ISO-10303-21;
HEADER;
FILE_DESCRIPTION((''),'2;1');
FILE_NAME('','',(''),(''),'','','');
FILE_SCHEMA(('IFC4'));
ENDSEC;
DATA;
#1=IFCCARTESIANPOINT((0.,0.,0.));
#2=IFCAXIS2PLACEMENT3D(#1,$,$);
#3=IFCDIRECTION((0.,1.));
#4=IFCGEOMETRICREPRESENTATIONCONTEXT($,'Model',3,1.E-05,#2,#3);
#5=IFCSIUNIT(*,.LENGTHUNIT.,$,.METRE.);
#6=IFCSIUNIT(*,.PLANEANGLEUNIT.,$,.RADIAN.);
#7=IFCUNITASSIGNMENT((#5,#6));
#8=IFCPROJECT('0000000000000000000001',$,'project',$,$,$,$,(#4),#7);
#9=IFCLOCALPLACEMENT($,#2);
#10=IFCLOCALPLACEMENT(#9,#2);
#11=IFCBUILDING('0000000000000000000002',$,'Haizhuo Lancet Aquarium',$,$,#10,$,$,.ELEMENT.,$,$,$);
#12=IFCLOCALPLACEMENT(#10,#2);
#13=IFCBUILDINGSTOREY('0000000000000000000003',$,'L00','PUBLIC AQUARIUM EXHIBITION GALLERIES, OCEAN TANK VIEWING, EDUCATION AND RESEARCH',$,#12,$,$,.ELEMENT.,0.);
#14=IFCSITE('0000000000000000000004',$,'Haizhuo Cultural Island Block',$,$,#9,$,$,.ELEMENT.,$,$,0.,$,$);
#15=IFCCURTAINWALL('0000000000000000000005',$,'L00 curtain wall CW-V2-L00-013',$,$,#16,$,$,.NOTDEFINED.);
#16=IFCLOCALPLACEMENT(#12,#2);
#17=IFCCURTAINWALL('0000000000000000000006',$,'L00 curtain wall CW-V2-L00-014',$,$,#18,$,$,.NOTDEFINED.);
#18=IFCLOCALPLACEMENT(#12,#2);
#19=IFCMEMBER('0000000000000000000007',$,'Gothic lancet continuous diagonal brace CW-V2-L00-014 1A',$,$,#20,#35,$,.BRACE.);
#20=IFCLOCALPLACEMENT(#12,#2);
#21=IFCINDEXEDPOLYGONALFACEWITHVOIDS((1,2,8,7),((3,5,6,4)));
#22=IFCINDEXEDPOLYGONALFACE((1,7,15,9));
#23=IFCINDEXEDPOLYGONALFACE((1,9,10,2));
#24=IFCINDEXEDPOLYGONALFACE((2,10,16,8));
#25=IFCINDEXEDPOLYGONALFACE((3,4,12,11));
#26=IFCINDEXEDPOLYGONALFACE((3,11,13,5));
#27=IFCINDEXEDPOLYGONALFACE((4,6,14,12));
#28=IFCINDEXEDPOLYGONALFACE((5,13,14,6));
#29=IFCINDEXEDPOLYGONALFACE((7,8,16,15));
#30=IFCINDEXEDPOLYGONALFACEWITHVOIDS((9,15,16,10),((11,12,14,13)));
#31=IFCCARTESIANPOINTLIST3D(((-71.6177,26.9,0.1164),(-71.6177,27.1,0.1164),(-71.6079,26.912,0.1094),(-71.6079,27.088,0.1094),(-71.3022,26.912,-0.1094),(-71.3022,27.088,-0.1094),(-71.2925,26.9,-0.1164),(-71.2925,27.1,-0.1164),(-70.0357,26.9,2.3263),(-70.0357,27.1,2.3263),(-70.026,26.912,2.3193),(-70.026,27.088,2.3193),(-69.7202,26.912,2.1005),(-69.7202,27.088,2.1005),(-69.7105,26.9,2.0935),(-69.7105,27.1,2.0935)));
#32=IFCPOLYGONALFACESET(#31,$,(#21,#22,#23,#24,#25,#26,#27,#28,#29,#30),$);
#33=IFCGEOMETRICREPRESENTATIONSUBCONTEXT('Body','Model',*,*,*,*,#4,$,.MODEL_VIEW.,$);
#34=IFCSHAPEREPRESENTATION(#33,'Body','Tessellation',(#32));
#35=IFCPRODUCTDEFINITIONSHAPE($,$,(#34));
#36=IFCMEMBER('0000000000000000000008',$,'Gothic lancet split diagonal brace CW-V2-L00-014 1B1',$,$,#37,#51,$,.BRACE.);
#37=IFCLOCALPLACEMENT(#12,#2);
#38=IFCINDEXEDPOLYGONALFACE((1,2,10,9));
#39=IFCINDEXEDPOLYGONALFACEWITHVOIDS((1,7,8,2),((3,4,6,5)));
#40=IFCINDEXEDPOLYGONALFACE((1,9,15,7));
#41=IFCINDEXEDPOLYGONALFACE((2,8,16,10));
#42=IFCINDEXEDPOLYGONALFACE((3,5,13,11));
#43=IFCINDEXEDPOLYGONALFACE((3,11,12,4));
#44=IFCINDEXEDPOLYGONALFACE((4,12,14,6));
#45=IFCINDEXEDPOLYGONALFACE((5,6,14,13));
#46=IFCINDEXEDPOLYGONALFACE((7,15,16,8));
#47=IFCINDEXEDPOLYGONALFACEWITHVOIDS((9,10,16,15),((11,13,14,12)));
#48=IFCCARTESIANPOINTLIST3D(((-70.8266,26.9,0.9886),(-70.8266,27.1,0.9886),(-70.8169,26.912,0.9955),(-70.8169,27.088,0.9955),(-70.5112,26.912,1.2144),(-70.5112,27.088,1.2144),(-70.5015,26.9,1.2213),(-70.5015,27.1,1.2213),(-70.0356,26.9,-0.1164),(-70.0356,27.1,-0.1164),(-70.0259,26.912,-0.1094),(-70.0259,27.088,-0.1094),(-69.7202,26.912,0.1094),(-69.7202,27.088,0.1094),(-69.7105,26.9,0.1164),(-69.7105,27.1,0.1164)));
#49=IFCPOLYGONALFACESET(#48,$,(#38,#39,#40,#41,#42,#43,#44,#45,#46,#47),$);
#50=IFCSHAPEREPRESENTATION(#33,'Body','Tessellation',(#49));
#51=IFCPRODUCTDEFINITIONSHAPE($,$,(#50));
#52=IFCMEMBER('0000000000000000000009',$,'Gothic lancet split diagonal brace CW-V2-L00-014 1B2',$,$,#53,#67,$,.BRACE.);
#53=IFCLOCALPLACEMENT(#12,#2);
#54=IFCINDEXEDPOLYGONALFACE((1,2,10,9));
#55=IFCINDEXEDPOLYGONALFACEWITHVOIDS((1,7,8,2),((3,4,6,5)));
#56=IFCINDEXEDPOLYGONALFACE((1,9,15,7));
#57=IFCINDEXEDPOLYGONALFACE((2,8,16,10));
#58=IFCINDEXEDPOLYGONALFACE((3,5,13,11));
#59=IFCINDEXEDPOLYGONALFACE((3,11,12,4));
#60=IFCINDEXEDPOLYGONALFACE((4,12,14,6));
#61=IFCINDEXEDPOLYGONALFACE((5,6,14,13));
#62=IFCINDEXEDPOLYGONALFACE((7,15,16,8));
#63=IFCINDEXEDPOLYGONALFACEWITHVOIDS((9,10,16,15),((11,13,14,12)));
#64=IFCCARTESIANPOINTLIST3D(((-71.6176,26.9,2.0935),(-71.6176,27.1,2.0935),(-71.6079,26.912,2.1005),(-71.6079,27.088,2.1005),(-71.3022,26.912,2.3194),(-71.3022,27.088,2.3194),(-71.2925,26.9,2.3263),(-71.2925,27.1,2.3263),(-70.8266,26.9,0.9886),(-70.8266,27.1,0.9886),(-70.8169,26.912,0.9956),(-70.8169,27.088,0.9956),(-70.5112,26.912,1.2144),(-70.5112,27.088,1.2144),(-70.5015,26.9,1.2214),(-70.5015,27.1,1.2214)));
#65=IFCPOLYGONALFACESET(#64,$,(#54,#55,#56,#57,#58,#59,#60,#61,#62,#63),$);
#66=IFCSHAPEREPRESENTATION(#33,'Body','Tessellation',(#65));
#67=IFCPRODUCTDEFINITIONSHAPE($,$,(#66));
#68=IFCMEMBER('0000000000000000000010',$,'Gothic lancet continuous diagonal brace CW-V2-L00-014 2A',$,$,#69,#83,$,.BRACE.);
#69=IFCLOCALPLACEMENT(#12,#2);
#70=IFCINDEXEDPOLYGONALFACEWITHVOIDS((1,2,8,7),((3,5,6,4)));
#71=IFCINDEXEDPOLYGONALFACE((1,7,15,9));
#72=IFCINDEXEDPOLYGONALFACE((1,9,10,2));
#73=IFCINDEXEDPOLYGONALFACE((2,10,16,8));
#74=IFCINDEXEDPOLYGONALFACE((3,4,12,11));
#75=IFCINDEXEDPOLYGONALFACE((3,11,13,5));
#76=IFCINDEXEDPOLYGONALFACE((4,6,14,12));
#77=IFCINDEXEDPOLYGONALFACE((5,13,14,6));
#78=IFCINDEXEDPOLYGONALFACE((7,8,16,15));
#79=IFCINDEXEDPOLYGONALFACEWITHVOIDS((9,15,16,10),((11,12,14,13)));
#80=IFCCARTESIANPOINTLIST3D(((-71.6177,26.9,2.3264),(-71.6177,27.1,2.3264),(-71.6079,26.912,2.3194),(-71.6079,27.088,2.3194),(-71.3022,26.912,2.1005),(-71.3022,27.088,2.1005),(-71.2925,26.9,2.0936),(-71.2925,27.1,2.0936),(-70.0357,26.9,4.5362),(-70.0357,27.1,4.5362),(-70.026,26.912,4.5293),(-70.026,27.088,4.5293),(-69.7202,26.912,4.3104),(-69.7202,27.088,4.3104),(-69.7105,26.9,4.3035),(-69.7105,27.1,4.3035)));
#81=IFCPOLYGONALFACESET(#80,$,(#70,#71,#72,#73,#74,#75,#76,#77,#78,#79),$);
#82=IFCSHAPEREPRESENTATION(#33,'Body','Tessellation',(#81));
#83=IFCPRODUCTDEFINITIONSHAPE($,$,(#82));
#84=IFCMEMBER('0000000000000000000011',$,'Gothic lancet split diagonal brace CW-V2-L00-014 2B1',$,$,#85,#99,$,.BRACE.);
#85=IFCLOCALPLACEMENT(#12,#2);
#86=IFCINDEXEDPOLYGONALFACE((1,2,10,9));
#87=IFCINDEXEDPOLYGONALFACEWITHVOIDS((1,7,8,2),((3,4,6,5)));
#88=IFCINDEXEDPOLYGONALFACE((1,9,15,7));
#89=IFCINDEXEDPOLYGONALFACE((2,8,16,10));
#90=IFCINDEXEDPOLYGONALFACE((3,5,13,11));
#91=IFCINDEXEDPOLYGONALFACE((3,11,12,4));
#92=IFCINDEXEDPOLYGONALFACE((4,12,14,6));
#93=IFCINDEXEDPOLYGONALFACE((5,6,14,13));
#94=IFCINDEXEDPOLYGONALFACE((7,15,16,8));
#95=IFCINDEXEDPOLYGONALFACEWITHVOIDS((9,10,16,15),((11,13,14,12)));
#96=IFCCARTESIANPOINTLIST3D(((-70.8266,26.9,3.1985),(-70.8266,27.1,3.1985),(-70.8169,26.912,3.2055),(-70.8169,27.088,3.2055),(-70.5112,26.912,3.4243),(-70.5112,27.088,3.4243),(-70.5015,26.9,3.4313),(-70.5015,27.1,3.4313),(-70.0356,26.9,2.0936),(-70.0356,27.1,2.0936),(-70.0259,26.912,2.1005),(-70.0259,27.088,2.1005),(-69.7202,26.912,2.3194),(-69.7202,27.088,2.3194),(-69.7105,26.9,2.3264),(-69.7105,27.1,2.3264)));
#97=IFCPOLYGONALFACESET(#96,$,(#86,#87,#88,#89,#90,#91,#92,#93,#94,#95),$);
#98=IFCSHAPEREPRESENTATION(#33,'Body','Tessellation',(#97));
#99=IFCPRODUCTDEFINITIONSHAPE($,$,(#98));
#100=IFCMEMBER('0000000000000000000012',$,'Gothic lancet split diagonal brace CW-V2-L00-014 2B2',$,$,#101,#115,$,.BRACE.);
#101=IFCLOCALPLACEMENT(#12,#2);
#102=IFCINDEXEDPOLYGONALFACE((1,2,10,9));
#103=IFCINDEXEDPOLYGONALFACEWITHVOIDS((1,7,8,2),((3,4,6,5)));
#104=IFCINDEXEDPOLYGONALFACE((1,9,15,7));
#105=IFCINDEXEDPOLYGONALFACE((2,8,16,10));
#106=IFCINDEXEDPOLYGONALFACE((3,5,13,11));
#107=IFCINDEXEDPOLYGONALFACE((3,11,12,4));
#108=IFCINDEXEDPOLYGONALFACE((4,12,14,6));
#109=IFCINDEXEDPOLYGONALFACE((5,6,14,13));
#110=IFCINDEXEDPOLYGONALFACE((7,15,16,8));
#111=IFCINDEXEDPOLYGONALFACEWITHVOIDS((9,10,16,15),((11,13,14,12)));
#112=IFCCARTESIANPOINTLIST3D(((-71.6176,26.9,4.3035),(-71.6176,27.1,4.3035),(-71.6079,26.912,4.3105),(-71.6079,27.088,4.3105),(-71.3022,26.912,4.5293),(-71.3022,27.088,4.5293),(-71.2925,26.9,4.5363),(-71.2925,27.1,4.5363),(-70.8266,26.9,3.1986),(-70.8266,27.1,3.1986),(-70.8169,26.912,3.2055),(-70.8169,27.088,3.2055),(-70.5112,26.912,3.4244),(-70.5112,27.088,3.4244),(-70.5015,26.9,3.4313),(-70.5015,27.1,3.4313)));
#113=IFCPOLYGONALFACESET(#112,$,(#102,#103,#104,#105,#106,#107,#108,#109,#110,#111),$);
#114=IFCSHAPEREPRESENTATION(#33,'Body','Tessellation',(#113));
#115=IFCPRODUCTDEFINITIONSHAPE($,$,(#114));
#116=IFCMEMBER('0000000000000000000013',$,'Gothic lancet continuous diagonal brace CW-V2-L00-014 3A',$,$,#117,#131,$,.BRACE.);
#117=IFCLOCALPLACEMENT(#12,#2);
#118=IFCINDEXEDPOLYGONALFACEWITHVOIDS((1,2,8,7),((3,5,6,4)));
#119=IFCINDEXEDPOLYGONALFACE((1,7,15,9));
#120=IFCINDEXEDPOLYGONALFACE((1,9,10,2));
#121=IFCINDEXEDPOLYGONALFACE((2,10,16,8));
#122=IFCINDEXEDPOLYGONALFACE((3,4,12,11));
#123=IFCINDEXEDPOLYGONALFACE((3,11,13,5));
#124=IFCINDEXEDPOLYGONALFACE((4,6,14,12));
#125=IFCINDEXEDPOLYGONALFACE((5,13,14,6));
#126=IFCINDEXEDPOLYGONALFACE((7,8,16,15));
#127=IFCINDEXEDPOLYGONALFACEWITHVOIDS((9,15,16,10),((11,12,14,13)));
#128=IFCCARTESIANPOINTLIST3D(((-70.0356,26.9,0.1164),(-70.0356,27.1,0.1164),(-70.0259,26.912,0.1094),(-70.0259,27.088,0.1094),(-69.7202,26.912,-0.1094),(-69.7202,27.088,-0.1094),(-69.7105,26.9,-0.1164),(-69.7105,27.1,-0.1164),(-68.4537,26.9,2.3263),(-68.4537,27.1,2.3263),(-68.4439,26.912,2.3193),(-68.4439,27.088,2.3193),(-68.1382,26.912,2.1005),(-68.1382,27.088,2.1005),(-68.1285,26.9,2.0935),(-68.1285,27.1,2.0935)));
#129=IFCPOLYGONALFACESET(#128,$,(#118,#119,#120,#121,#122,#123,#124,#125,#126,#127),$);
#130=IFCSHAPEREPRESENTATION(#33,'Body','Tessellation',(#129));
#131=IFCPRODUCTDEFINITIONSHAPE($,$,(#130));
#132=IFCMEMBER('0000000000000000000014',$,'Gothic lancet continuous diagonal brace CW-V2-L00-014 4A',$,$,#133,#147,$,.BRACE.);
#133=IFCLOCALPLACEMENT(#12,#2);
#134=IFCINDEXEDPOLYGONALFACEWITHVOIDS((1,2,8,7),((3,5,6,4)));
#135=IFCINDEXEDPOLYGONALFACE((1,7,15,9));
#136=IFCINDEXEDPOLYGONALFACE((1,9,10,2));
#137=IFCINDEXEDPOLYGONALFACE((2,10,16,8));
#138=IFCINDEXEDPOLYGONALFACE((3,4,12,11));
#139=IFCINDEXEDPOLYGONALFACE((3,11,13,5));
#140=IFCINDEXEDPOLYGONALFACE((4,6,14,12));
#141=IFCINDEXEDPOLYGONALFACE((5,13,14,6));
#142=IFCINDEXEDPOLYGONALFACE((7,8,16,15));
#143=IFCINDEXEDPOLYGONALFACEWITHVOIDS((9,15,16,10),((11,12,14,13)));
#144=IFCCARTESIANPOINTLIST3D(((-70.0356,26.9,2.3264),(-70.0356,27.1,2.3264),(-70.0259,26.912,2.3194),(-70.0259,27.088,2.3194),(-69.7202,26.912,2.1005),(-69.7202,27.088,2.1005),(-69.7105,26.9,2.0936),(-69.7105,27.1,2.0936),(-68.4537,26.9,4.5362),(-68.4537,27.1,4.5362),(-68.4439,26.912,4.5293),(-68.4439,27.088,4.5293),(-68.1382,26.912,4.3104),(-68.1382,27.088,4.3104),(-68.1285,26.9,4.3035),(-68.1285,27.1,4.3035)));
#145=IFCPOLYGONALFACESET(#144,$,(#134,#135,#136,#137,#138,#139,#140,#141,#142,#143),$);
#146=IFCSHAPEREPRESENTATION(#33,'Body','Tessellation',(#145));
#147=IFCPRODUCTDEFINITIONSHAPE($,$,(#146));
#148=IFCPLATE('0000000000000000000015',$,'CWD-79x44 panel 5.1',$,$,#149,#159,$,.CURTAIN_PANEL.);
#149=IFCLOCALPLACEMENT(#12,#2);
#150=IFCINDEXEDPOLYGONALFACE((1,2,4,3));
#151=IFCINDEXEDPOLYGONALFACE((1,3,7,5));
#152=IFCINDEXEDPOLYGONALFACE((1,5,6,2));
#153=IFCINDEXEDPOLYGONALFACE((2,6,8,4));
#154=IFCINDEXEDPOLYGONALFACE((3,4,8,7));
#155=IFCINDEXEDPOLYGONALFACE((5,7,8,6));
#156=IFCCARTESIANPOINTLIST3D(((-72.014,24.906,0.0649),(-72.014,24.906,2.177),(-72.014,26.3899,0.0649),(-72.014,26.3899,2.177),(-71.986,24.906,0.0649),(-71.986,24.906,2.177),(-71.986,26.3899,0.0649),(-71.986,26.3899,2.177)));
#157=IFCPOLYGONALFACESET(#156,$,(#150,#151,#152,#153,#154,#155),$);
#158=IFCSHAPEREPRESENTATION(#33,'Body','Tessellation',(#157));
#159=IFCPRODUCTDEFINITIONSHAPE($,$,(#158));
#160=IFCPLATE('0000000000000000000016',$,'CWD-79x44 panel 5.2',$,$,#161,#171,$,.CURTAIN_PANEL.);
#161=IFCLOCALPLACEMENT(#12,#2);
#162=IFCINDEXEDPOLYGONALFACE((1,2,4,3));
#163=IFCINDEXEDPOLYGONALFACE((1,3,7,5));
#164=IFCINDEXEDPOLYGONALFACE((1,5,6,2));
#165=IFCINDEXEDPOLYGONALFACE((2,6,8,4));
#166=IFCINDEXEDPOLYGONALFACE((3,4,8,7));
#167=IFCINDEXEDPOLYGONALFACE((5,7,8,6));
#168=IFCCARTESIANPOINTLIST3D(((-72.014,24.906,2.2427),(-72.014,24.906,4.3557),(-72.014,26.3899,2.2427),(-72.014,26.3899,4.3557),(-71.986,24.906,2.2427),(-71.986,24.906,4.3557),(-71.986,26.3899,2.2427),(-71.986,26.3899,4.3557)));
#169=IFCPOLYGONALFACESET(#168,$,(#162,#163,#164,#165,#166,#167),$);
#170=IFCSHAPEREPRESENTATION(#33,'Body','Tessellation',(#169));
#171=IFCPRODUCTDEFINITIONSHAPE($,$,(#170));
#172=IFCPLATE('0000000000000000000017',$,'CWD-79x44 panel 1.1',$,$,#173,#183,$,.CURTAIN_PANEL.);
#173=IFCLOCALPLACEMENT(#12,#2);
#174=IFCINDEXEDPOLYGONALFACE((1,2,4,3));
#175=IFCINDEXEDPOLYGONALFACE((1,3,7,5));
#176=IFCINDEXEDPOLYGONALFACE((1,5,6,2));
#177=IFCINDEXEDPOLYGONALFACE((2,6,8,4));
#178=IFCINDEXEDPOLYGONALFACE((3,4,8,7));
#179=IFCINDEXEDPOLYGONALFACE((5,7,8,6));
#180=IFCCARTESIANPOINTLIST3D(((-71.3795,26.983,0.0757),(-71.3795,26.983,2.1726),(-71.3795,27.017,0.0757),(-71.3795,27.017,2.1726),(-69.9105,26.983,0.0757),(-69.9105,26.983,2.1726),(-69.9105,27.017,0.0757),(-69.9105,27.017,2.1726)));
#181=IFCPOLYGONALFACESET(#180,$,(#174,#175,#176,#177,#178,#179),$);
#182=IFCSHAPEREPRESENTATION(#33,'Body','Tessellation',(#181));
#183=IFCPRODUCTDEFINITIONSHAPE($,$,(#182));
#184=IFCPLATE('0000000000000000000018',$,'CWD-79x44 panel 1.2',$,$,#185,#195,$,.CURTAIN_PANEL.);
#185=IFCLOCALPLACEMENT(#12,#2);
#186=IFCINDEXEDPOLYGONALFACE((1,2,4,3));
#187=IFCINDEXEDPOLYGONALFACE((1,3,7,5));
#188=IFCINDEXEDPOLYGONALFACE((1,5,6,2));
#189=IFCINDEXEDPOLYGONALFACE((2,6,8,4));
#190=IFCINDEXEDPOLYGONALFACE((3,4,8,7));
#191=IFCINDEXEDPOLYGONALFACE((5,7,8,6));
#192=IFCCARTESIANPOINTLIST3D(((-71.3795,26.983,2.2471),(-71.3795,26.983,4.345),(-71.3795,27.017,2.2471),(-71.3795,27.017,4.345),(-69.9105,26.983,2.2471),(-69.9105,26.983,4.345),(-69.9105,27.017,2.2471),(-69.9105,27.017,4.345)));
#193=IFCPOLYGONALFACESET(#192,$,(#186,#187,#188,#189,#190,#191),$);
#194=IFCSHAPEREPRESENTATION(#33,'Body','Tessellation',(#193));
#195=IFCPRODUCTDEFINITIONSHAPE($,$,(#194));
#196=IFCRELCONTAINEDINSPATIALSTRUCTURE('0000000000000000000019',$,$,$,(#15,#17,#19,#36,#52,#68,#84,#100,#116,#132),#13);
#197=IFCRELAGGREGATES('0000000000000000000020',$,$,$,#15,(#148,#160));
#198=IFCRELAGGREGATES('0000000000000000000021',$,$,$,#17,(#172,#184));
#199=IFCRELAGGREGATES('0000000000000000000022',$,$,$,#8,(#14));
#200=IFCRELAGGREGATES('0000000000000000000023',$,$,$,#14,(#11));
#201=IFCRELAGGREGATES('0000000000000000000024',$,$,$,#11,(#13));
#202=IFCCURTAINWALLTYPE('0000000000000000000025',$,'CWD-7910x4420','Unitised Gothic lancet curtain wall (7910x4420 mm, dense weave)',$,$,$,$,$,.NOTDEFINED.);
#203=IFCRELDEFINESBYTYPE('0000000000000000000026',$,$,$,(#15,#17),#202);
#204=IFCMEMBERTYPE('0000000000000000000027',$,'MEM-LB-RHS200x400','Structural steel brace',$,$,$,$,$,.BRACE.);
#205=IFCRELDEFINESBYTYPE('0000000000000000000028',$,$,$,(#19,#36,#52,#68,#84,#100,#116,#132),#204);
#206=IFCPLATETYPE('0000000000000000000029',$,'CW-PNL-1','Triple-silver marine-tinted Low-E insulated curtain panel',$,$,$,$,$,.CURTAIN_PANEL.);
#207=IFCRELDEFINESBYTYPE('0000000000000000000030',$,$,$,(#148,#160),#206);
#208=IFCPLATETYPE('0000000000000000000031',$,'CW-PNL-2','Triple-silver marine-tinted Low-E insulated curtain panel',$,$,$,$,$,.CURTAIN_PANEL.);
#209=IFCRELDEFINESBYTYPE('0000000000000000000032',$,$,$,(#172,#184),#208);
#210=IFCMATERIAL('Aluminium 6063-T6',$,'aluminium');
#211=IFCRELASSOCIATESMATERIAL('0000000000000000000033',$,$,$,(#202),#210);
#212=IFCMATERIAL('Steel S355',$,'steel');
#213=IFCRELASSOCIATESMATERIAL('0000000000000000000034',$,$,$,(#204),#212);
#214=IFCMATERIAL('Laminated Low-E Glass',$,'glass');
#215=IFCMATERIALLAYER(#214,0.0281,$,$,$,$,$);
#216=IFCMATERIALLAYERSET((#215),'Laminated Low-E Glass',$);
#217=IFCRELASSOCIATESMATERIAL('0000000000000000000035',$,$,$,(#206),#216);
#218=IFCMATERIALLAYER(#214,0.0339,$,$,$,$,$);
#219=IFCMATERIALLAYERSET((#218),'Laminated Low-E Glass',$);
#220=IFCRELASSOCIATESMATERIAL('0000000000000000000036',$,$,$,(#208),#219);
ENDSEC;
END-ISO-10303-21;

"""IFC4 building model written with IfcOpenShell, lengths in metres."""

from ifc_helpers import new_model, si_unit, direction, frame, origin, origin_2d, place, context, subcontext, project, spatial, rectangle, hollow_rectangle, extrude, material, layer, layer_set, material_profile, profile_set, type_object, element, aggregate, save


model = new_model("IFC4")

# Units and contexts
model_context = context("Model", 3, precision=1e-05, world=origin(), true_north=direction((0.0, 1.0)))
body_context = subcontext(model_context, "Body", "Model", "MODEL_VIEW")
ifc_project = project(units=[si_unit("LENGTHUNIT", "METRE"), si_unit("PLANEANGLEUNIT", "RADIAN")], contexts=[model_context])

# Site, building, storey
site_placement = place(None, origin())
site = spatial("IfcSite", under=ifc_project, at=site_placement, Name="Haizhuo Cultural Island Block", CompositionType="ELEMENT", RefElevation=0.0)
building_placement = place(site_placement, origin())
building = spatial("IfcBuilding", under=site, at=building_placement, Name="Haizhuo Lancet Aquarium", CompositionType="ELEMENT")
storey_placement = place(building_placement, origin())
storey = spatial("IfcBuildingStorey", under=building, at=storey_placement, Name="L00", Description="PUBLIC AQUARIUM EXHIBITION GALLERIES, OCEAN TANK VIEWING, EDUCATION AND RESEARCH", CompositionType="ELEMENT", Elevation=0.0)

# Shared definitions
ifc_material_1 = material(Name="Steel S355", Category="steel")

# Curtain wall
ifc_material_2 = material(Name="Aluminium 6063-T6", Category="aluminium")
curtain_wall_type = type_object("IfcCurtainWallType", Name="CWD-7910x4420", Description="Unitised Gothic lancet curtain wall (7910x4420 mm, dense weave)", PredefinedType="NOTDEFINED", material=ifc_material_2)
curtain_wall_1_placement = place(storey_placement, origin())
curtain_wall_1 = element("IfcCurtainWall", 1, at=curtain_wall_1_placement, inside=storey, type_object=curtain_wall_type, Name="L00 curtain wall CW-V2-L00-013", PredefinedType="NOTDEFINED")

# Curtain wall
curtain_wall_2_placement = place(storey_placement, origin())
curtain_wall_2 = element("IfcCurtainWall", 2, at=curtain_wall_2_placement, inside=storey, type_object=curtain_wall_type, Name="L00 curtain wall CW-V2-L00-014", PredefinedType="NOTDEFINED")

# Members
ifc_material_profile_1 = material_profile(ifc_material_1, hollow_rectangle(XDim=0.2, YDim=0.3999, WallThickness=0.012, at=origin_2d()), Name="RHS 200x400x12")
ifc_profile_set_1 = profile_set([ifc_material_profile_1], Name="Steel S355")
member_type_1 = type_object("IfcMemberType", Name="MEM-LB-RHS200x400", Description="Structural steel brace", PredefinedType="BRACE", material=ifc_profile_set_1)
member_1_placement = place(storey_placement, frame((-71.4551, 27.0, 0.0), z_axis=(0.582088, 0.0, 0.813126), x_axis=(0.0, 1.0, 0.0)))
element("IfcMember", 3, at=member_1_placement, inside=storey, type_object=member_type_1, Name="Gothic lancet continuous diagonal brace CW-V2-L00-014 1A", PredefinedType="BRACE", context=body_context, shape_type="SweptSolid", body=[
    extrude(hollow_rectangle(XDim=0.2, YDim=0.3999, WallThickness=0.012, at=origin_2d()), origin(), (0.0, 0.0, 1.0), 2.7178),
])
for number, where, z_axis, x_axis, name in (
    (4, (-69.873, 27.0, 0.0), (-0.582088, 0.0, 0.813126), (0.0, -1.0, 0.0), "Gothic lancet split diagonal brace CW-V2-L00-014 1B1"),
    (5, (-70.6641, 27.0, 1.105), (-0.582088, 0.0, 0.813126), (0.0, -1.0, 0.0), "Gothic lancet split diagonal brace CW-V2-L00-014 1B2"),
):
    element("IfcMember", number, at=place(storey_placement, frame(where, z_axis=z_axis, x_axis=x_axis)), inside=storey, type_object=member_type_1, Name=name, PredefinedType="BRACE", context=body_context, shape_type="SweptSolid", body=[
        extrude(hollow_rectangle(XDim=0.2, YDim=0.3999, WallThickness=0.012, at=origin_2d()), origin(), (0.0, 0.0, 1.0), 1.3589),
    ])
member_2_placement = place(storey_placement, frame((-71.4551, 27.0, 2.21), z_axis=(0.582088, 0.0, 0.813126), x_axis=(0.0, 1.0, 0.0)))
element("IfcMember", 6, at=member_2_placement, inside=storey, type_object=member_type_1, Name="Gothic lancet continuous diagonal brace CW-V2-L00-014 2A", PredefinedType="BRACE", context=body_context, shape_type="SweptSolid", body=[
    extrude(hollow_rectangle(XDim=0.2, YDim=0.3999, WallThickness=0.012, at=origin_2d()), origin(), (0.0, 0.0, 1.0), 2.7178),
])
for number, where, z_axis, x_axis, name in (
    (7, (-69.873, 27.0, 2.21), (-0.582088, 0.0, 0.813126), (0.0, -1.0, 0.0), "Gothic lancet split diagonal brace CW-V2-L00-014 2B1"),
    (8, (-70.6641, 27.0, 3.3149), (-0.582088, 0.0, 0.813126), (0.0, -1.0, 0.0), "Gothic lancet split diagonal brace CW-V2-L00-014 2B2"),
):
    element("IfcMember", number, at=place(storey_placement, frame(where, z_axis=z_axis, x_axis=x_axis)), inside=storey, type_object=member_type_1, Name=name, PredefinedType="BRACE", context=body_context, shape_type="SweptSolid", body=[
        extrude(hollow_rectangle(XDim=0.2, YDim=0.3999, WallThickness=0.012, at=origin_2d()), origin(), (0.0, 0.0, 1.0), 1.3589),
    ])
for number, where, z_axis, x_axis, name in (
    (9, (-69.873, 27.0, 0.0), (0.582088, 0.0, 0.813126), (0.0, 1.0, 0.0), "Gothic lancet continuous diagonal brace CW-V2-L00-014 3A"),
    (10, (-69.873, 27.0, 2.21), (0.582088, 0.0, 0.813126), (0.0, 1.0, 0.0), "Gothic lancet continuous diagonal brace CW-V2-L00-014 4A"),
):
    element("IfcMember", number, at=place(storey_placement, frame(where, z_axis=z_axis, x_axis=x_axis)), inside=storey, type_object=member_type_1, Name=name, PredefinedType="BRACE", context=body_context, shape_type="SweptSolid", body=[
        extrude(hollow_rectangle(XDim=0.2, YDim=0.3999, WallThickness=0.012, at=origin_2d()), origin(), (0.0, 0.0, 1.0), 2.7178),
    ])

# Plates
ifc_material_3 = material(Name="Laminated Low-E Glass", Category="glass")
ifc_layer_1 = layer(ifc_material_3, 0.0281)
ifc_layer_set_1 = layer_set([ifc_layer_1], Name="Laminated Low-E Glass")
plate_type_1 = type_object("IfcPlateType", Name="CW-PNL-1", Description="Triple-silver marine-tinted Low-E insulated curtain panel", PredefinedType="CURTAIN_PANEL", material=ifc_layer_set_1)
plate_1_placement = place(storey_placement, frame((-72.0, 25.6479, 0.0649), z_axis=(0.0, 0.0, 1.0), x_axis=(0.0, 1.0, 0.0)))
plate_1 = element("IfcPlate", 11, at=plate_1_placement, type_object=plate_type_1, Name="CWD-79x44 panel 5.1", PredefinedType="CURTAIN_PANEL", context=body_context, shape_type="SweptSolid", body=[
    extrude(rectangle(XDim=1.4839, YDim=0.0281, at=origin_2d()), origin(), (0.0, 0.0, 1.0), 2.1121),
])
plate_2_placement = place(storey_placement, frame((-72.0, 25.6479, 2.2427), z_axis=(0.0, 0.0, 1.0), x_axis=(0.0, 1.0, 0.0)))
plate_2 = element("IfcPlate", 12, at=plate_2_placement, type_object=plate_type_1, Name="CWD-79x44 panel 5.2", PredefinedType="CURTAIN_PANEL", context=body_context, shape_type="SweptSolid", body=[
    extrude(rectangle(XDim=1.4839, YDim=0.0281, at=origin_2d()), origin(), (0.0, 0.0, 1.0), 2.113),
])
aggregate(curtain_wall_1, [plate_1, plate_2])
ifc_layer_2 = layer(ifc_material_3, 0.0339)
ifc_layer_set_2 = layer_set([ifc_layer_2], Name="Laminated Low-E Glass")
plate_type_2 = type_object("IfcPlateType", Name="CW-PNL-2", Description="Triple-silver marine-tinted Low-E insulated curtain panel", PredefinedType="CURTAIN_PANEL", material=ifc_layer_set_2)
plate_3_placement = place(storey_placement, frame((-70.645, 27.0, 0.0757), z_axis=(0.0, 0.0, 1.0), x_axis=(1.0, 0.0, 0.0)))
plate_3 = element("IfcPlate", 13, at=plate_3_placement, type_object=plate_type_2, Name="CWD-79x44 panel 1.1", PredefinedType="CURTAIN_PANEL", context=body_context, shape_type="SweptSolid", body=[
    extrude(rectangle(XDim=1.469, YDim=0.0339, at=origin_2d()), origin(), (0.0, 0.0, 1.0), 2.0969),
])
plate_4_placement = place(storey_placement, frame((-70.645, 27.0, 2.2471), z_axis=(0.0, 0.0, 1.0), x_axis=(1.0, 0.0, 0.0)))
plate_4 = element("IfcPlate", 14, at=plate_4_placement, type_object=plate_type_2, Name="CWD-79x44 panel 1.2", PredefinedType="CURTAIN_PANEL", context=body_context, shape_type="SweptSolid", body=[
    extrude(rectangle(XDim=1.469, YDim=0.0339, at=origin_2d()), origin(), (0.0, 0.0, 1.0), 2.0979),
])
aggregate(curtain_wall_2, [plate_3, plate_4])

save(model, "model.ifc")
